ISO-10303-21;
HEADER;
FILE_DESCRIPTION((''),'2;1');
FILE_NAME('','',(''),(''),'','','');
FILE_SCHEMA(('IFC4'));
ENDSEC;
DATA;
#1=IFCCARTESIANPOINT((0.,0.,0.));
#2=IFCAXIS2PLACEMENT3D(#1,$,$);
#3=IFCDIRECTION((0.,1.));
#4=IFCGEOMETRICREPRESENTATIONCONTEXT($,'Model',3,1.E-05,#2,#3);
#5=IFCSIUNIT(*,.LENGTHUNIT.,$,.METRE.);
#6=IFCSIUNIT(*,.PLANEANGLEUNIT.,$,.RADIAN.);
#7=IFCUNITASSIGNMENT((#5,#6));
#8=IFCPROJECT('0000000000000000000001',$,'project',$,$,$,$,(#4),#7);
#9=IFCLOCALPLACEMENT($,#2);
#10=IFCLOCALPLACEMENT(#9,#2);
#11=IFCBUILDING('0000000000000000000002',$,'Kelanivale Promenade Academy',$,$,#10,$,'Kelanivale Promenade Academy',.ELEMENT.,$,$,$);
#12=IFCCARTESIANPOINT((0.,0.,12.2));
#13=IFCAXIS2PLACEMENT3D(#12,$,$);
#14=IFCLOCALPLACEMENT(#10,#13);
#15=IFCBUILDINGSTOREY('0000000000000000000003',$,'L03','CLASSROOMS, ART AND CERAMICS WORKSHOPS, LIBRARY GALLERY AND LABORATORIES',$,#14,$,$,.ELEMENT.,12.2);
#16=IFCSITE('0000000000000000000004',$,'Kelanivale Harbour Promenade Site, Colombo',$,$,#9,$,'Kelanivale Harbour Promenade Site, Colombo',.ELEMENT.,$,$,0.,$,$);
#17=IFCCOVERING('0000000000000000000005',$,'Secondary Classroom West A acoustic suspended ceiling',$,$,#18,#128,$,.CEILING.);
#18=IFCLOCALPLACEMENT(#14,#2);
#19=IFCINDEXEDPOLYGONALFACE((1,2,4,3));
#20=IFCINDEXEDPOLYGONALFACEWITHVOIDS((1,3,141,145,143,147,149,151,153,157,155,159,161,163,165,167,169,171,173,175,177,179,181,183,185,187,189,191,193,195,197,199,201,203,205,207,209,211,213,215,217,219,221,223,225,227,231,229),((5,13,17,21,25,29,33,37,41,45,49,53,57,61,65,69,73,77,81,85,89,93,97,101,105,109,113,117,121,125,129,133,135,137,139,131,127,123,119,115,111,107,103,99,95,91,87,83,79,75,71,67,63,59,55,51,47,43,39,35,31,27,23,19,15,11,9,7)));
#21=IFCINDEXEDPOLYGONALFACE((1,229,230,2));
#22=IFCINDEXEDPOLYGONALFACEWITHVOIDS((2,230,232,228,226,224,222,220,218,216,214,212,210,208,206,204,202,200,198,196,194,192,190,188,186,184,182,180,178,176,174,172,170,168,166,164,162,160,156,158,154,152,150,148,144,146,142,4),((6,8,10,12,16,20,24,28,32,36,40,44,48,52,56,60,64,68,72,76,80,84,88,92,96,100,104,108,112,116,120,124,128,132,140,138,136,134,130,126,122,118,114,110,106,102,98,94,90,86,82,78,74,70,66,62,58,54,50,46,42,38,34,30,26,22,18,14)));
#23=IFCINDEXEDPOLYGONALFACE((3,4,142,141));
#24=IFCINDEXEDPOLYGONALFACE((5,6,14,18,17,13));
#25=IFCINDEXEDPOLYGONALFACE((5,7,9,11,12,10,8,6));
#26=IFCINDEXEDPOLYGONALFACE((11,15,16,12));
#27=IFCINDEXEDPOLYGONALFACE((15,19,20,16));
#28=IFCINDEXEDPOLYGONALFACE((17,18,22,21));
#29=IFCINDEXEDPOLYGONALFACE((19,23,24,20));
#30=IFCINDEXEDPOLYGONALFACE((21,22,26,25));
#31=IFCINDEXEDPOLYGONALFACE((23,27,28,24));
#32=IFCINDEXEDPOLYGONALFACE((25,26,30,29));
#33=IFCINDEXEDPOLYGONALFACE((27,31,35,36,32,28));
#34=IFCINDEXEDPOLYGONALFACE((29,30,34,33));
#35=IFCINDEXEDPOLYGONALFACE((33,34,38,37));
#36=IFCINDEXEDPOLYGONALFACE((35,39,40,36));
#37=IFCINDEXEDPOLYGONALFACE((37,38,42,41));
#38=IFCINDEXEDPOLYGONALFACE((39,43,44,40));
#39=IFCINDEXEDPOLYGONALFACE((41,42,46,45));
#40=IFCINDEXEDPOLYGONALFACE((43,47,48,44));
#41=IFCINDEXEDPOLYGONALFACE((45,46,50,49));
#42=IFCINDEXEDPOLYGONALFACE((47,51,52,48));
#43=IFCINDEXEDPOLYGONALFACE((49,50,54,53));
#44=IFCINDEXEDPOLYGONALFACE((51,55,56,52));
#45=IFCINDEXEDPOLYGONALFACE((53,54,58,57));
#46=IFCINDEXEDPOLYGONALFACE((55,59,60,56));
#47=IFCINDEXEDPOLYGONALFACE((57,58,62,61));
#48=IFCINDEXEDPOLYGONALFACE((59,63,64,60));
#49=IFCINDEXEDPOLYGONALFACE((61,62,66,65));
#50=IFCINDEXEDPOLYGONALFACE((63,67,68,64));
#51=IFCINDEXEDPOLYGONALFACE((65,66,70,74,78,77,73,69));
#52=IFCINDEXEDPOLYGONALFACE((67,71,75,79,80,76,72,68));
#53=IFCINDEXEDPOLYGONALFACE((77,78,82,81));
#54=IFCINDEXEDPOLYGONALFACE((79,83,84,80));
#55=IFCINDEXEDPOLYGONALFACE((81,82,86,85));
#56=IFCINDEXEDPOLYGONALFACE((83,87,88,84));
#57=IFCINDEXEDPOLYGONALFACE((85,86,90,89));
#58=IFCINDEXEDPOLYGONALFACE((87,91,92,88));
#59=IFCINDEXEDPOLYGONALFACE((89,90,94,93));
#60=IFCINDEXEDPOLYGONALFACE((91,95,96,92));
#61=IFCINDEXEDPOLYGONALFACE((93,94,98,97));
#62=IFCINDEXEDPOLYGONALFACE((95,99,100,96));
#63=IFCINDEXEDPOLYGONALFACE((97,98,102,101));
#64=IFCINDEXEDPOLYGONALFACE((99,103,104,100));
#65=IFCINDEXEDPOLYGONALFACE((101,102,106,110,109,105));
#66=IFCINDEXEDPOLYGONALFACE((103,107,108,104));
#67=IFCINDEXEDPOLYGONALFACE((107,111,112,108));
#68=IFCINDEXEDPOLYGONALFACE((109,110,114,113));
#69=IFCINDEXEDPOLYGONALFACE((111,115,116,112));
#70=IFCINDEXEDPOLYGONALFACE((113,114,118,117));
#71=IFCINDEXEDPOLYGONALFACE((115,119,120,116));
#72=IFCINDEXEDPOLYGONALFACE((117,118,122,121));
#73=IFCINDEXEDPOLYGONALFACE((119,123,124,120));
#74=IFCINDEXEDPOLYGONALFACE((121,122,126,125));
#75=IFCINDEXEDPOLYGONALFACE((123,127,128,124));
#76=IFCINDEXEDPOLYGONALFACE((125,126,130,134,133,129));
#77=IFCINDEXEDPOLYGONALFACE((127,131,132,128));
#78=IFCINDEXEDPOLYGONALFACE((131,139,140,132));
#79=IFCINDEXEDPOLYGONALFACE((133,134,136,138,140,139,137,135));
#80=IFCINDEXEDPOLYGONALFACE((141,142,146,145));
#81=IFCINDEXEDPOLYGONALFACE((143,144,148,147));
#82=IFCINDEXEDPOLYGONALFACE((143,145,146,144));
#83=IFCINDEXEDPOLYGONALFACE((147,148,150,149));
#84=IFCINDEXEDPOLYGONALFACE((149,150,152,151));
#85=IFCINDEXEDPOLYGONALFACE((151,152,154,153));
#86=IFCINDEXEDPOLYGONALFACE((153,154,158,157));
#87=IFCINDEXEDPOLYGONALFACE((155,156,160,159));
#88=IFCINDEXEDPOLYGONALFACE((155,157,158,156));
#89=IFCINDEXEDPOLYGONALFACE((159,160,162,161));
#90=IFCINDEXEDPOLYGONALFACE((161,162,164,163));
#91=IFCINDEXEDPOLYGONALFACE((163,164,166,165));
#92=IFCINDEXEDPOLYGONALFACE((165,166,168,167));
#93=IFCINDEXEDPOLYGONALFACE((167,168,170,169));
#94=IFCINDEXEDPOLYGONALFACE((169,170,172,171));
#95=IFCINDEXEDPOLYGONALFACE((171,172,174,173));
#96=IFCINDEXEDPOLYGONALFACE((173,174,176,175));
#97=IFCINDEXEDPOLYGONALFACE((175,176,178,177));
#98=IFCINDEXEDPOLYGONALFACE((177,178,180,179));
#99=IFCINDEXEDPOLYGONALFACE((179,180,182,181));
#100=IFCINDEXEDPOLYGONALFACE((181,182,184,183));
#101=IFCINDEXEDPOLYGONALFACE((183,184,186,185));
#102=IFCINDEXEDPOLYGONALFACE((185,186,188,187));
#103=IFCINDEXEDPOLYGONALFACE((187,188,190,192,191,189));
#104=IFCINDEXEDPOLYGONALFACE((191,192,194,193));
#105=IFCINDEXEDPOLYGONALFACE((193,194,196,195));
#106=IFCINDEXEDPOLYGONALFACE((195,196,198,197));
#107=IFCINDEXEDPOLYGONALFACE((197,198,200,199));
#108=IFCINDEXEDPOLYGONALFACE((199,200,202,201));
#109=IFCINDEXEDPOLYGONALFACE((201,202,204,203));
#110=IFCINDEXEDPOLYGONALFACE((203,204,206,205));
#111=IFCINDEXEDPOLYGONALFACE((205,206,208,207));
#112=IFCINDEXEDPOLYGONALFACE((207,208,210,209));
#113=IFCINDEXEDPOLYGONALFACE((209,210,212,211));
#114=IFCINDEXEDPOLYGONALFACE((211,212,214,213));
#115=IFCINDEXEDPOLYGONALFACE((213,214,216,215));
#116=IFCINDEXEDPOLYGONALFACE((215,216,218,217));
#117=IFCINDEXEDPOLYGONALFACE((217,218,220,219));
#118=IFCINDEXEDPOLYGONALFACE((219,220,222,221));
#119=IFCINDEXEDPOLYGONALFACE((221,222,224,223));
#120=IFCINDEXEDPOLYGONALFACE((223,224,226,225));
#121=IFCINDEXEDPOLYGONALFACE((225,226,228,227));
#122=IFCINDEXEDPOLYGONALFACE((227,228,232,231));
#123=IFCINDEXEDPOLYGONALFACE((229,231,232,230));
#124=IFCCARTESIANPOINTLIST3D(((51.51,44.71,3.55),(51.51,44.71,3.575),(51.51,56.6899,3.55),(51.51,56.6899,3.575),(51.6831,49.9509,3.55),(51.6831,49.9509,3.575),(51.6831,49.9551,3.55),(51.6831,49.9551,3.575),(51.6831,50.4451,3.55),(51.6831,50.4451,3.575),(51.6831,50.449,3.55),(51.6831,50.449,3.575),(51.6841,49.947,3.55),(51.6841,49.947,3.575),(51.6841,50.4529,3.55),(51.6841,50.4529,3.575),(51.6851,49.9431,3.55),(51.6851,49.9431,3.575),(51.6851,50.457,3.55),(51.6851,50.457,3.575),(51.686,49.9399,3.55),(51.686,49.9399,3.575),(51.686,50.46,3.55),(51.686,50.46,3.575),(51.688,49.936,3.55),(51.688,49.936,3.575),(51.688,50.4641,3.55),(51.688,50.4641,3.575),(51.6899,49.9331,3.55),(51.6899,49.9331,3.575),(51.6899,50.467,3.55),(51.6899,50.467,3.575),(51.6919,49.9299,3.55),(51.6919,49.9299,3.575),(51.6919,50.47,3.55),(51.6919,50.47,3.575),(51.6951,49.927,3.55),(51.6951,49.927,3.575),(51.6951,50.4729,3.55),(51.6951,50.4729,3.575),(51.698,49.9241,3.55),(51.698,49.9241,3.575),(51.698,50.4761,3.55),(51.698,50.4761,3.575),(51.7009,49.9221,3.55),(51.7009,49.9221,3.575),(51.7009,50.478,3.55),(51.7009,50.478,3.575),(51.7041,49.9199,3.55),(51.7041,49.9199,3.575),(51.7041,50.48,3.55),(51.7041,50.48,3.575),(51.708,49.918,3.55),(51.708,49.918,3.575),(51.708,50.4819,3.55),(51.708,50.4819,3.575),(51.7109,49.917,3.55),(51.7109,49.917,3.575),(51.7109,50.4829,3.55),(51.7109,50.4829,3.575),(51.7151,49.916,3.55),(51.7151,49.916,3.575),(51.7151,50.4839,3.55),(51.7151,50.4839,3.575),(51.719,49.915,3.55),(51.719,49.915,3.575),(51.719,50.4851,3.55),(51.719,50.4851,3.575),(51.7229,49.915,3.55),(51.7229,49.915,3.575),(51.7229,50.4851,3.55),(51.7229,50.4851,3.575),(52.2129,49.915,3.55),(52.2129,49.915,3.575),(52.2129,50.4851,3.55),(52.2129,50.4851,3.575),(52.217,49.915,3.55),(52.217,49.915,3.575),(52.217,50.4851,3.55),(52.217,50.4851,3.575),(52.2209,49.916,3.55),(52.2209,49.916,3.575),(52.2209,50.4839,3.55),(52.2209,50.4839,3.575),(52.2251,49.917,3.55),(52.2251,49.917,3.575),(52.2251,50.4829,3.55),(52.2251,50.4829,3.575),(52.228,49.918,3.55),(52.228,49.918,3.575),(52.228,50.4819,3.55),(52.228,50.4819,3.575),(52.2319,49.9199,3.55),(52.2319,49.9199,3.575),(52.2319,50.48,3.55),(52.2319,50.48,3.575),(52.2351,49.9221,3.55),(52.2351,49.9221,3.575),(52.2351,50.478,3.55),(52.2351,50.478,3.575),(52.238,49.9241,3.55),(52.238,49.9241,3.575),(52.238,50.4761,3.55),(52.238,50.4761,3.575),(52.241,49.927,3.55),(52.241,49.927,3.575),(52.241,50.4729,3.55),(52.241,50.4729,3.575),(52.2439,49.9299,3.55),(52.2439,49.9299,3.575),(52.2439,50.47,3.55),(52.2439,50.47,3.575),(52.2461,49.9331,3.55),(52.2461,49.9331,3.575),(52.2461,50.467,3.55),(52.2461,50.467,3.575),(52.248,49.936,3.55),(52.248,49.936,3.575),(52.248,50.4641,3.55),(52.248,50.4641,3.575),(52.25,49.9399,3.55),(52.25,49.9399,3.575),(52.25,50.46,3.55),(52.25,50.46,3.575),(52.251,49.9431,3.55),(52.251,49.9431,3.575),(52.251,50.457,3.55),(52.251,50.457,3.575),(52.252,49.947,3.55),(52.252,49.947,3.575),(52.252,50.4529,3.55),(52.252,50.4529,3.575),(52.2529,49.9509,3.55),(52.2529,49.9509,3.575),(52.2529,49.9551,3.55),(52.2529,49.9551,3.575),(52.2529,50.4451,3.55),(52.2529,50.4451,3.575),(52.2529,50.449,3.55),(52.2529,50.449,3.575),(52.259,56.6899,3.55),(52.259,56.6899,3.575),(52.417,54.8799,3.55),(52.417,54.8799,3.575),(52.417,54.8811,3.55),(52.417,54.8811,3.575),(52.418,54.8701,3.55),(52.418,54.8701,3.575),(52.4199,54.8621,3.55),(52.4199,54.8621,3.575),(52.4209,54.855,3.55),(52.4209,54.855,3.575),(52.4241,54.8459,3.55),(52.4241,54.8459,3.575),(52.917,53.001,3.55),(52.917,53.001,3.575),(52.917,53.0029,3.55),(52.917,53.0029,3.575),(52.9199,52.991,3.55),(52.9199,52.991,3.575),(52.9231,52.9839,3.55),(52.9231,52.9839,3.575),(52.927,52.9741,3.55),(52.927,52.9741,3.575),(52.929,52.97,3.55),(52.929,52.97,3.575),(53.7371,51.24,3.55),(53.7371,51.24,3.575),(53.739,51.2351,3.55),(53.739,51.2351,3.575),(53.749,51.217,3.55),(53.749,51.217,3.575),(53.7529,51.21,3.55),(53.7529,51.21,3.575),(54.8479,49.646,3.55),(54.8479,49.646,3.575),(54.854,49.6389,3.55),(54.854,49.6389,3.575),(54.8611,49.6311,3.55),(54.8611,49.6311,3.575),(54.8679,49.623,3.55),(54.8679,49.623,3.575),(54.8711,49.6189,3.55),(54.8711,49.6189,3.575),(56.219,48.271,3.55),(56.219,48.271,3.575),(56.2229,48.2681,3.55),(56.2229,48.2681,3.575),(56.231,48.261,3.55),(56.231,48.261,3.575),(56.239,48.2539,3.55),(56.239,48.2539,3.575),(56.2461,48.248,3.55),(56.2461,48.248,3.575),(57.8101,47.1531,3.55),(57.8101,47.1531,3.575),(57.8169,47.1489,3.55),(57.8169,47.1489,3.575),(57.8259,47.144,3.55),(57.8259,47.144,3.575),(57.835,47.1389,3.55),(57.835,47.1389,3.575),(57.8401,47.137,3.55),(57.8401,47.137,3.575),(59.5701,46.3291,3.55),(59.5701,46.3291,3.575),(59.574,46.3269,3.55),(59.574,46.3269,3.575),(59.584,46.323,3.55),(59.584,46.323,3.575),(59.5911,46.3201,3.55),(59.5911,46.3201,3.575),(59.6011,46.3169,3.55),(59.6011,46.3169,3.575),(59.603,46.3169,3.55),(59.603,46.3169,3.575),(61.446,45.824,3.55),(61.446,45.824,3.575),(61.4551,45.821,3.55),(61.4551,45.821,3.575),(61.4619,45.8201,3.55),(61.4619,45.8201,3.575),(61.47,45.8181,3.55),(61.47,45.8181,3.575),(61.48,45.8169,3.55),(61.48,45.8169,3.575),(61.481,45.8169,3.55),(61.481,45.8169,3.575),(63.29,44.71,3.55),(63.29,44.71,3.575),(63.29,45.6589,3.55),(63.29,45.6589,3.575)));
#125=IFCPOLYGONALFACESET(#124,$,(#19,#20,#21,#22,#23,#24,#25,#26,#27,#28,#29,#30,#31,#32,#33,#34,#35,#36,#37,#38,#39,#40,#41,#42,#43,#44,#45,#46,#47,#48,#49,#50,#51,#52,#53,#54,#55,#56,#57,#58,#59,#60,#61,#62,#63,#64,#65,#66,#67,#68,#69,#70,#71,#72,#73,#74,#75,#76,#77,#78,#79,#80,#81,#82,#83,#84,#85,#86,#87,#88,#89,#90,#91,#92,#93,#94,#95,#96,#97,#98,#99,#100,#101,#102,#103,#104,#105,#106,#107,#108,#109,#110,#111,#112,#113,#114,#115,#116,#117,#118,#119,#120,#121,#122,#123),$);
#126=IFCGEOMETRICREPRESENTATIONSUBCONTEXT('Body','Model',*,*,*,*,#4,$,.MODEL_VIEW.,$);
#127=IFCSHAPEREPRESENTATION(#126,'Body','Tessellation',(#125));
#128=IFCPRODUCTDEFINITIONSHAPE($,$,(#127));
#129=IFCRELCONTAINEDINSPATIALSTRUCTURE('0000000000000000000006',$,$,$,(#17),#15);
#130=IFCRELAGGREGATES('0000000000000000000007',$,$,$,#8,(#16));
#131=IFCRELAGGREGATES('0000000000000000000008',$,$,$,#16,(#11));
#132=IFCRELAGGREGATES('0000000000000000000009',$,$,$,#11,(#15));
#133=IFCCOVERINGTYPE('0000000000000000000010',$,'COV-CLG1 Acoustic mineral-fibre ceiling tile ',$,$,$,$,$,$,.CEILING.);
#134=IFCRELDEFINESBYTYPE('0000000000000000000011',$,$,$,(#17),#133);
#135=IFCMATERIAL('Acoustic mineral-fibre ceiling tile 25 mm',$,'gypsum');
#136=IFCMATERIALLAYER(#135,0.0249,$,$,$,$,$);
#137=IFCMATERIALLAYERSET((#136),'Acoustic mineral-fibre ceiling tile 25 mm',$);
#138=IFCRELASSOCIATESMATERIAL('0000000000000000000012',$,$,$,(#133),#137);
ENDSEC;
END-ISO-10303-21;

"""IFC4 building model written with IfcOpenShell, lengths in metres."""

from ifc_helpers import new_model, si_unit, direction, frame, origin, place, context, subcontext, project, spatial, polyline, outline, extrude, material, layer, layer_set, type_object, element, save


model = new_model("IFC4")

# Units and contexts
model_context = context("Model", 3, precision=1e-05, world=origin(), true_north=direction((0.0, 1.0)))
body_context = subcontext(model_context, "Body", "Model", "MODEL_VIEW")
ifc_project = project(units=[si_unit("LENGTHUNIT", "METRE"), si_unit("PLANEANGLEUNIT", "RADIAN")], contexts=[model_context])

# Site, building, storey
site_placement = place(None, origin())
site = spatial("IfcSite", under=ifc_project, at=site_placement, Name="Kelanivale Harbour Promenade Site, Colombo", LongName="Kelanivale Harbour Promenade Site, Colombo", CompositionType="ELEMENT", RefElevation=0.0)
building_placement = place(site_placement, origin())
building = spatial("IfcBuilding", under=site, at=building_placement, Name="Kelanivale Promenade Academy", LongName="Kelanivale Promenade Academy", CompositionType="ELEMENT")
storey_placement = place(building_placement, frame((0.0, 0.0, 12.2)))
storey = spatial("IfcBuildingStorey", under=building, at=storey_placement, Name="L03", Description="CLASSROOMS, ART AND CERAMICS WORKSHOPS, LIBRARY GALLERY AND LABORATORIES", CompositionType="ELEMENT", Elevation=12.2)

# Covering
ifc_material_1 = material(Name="Acoustic mineral-fibre ceiling tile 25 mm", Category="gypsum")
ifc_layer_1 = layer(ifc_material_1, 0.0249)
ifc_layer_set_1 = layer_set([ifc_layer_1], Name="Acoustic mineral-fibre ceiling tile 25 mm")
covering_type_1 = type_object("IfcCoveringType", Name="COV-CLG1 Acoustic mineral-fibre ceiling tile ", PredefinedType="CEILING", material=ifc_layer_set_1)
covering_1_placement = place(storey_placement, frame((0.0, 0.0, 3.55)))
element("IfcCovering", 1, at=covering_1_placement, inside=storey, type_object=covering_type_1, Name="Secondary Classroom West A acoustic suspended ceiling", PredefinedType="CEILING", context=body_context, shape_type="SweptSolid", body=[
    extrude(outline(polyline([(52.417, 54.8799), (52.417, 54.8811), (52.259, 56.6899), (51.51, 56.6899), (51.51, 44.71), (63.29, 44.71), (63.29, 45.6589), (61.481, 45.8169), (61.48, 45.8169), (61.47, 45.8181), (61.4619, 45.8201), (61.4551, 45.821), (61.446, 45.824), (59.603, 46.3169), (59.6011, 46.3169), (59.5911, 46.3201), (59.584, 46.323), (59.574, 46.3269), (59.5701, 46.3291), (57.8401, 47.137), (57.835, 47.1389), (57.8259, 47.144), (57.8169, 47.1489), (57.8101, 47.1531), (56.2461, 48.248), (56.239, 48.2539), (56.231, 48.261), (56.2229, 48.2681), (56.219, 48.271), (54.8711, 49.6189), (54.8679, 49.623), (54.8611, 49.6311), (54.854, 49.6389), (54.8479, 49.646), (53.7529, 51.21), (53.749, 51.217), (53.739, 51.2351), (53.7371, 51.24), (52.929, 52.97), (52.927, 52.9741), (52.9231, 52.9839), (52.9199, 52.991), (52.917, 53.001), (52.917, 53.0029), (52.4241, 54.8459), (52.4209, 54.855), (52.4199, 54.8621), (52.418, 54.8701), (52.417, 54.8799)]), holes=[polyline([(52.2529, 49.9551), (52.2529, 49.9509), (52.252, 49.947), (52.251, 49.9431), (52.25, 49.9399), (52.248, 49.936), (52.2461, 49.9331), (52.2439, 49.9299), (52.241, 49.927), (52.238, 49.9241), (52.2351, 49.9221), (52.2319, 49.9199), (52.228, 49.918), (52.2251, 49.917), (52.2209, 49.916), (52.217, 49.915), (52.2129, 49.915), (51.7229, 49.915), (51.719, 49.915), (51.7151, 49.916), (51.7109, 49.917), (51.708, 49.918), (51.7041, 49.9199), (51.7009, 49.9221), (51.698, 49.9241), (51.6951, 49.927), (51.6919, 49.9299), (51.6899, 49.9331), (51.688, 49.936), (51.686, 49.9399), (51.6851, 49.9431), (51.6841, 49.947), (51.6831, 49.9509), (51.6831, 49.9551), (51.6831, 50.4451), (51.6831, 50.449), (51.6841, 50.4529), (51.6851, 50.457), (51.686, 50.46), (51.688, 50.4641), (51.6899, 50.467), (51.6919, 50.47), (51.6951, 50.4729), (51.698, 50.4761), (51.7009, 50.478), (51.7041, 50.48), (51.708, 50.4819), (51.7109, 50.4829), (51.7151, 50.4839), (51.719, 50.4851), (51.7229, 50.4851), (52.2129, 50.4851), (52.217, 50.4851), (52.2209, 50.4839), (52.2251, 50.4829), (52.228, 50.4819), (52.2319, 50.48), (52.2351, 50.478), (52.238, 50.4761), (52.241, 50.4729), (52.2439, 50.47), (52.2461, 50.467), (52.248, 50.4641), (52.25, 50.46), (52.251, 50.457), (52.252, 50.4529), (52.2529, 50.449), (52.2529, 50.4451), (52.2529, 49.9551)])]), origin(), (0.0, 0.0, 1.0), 0.0249),
])

save(model, "model.ifc")
